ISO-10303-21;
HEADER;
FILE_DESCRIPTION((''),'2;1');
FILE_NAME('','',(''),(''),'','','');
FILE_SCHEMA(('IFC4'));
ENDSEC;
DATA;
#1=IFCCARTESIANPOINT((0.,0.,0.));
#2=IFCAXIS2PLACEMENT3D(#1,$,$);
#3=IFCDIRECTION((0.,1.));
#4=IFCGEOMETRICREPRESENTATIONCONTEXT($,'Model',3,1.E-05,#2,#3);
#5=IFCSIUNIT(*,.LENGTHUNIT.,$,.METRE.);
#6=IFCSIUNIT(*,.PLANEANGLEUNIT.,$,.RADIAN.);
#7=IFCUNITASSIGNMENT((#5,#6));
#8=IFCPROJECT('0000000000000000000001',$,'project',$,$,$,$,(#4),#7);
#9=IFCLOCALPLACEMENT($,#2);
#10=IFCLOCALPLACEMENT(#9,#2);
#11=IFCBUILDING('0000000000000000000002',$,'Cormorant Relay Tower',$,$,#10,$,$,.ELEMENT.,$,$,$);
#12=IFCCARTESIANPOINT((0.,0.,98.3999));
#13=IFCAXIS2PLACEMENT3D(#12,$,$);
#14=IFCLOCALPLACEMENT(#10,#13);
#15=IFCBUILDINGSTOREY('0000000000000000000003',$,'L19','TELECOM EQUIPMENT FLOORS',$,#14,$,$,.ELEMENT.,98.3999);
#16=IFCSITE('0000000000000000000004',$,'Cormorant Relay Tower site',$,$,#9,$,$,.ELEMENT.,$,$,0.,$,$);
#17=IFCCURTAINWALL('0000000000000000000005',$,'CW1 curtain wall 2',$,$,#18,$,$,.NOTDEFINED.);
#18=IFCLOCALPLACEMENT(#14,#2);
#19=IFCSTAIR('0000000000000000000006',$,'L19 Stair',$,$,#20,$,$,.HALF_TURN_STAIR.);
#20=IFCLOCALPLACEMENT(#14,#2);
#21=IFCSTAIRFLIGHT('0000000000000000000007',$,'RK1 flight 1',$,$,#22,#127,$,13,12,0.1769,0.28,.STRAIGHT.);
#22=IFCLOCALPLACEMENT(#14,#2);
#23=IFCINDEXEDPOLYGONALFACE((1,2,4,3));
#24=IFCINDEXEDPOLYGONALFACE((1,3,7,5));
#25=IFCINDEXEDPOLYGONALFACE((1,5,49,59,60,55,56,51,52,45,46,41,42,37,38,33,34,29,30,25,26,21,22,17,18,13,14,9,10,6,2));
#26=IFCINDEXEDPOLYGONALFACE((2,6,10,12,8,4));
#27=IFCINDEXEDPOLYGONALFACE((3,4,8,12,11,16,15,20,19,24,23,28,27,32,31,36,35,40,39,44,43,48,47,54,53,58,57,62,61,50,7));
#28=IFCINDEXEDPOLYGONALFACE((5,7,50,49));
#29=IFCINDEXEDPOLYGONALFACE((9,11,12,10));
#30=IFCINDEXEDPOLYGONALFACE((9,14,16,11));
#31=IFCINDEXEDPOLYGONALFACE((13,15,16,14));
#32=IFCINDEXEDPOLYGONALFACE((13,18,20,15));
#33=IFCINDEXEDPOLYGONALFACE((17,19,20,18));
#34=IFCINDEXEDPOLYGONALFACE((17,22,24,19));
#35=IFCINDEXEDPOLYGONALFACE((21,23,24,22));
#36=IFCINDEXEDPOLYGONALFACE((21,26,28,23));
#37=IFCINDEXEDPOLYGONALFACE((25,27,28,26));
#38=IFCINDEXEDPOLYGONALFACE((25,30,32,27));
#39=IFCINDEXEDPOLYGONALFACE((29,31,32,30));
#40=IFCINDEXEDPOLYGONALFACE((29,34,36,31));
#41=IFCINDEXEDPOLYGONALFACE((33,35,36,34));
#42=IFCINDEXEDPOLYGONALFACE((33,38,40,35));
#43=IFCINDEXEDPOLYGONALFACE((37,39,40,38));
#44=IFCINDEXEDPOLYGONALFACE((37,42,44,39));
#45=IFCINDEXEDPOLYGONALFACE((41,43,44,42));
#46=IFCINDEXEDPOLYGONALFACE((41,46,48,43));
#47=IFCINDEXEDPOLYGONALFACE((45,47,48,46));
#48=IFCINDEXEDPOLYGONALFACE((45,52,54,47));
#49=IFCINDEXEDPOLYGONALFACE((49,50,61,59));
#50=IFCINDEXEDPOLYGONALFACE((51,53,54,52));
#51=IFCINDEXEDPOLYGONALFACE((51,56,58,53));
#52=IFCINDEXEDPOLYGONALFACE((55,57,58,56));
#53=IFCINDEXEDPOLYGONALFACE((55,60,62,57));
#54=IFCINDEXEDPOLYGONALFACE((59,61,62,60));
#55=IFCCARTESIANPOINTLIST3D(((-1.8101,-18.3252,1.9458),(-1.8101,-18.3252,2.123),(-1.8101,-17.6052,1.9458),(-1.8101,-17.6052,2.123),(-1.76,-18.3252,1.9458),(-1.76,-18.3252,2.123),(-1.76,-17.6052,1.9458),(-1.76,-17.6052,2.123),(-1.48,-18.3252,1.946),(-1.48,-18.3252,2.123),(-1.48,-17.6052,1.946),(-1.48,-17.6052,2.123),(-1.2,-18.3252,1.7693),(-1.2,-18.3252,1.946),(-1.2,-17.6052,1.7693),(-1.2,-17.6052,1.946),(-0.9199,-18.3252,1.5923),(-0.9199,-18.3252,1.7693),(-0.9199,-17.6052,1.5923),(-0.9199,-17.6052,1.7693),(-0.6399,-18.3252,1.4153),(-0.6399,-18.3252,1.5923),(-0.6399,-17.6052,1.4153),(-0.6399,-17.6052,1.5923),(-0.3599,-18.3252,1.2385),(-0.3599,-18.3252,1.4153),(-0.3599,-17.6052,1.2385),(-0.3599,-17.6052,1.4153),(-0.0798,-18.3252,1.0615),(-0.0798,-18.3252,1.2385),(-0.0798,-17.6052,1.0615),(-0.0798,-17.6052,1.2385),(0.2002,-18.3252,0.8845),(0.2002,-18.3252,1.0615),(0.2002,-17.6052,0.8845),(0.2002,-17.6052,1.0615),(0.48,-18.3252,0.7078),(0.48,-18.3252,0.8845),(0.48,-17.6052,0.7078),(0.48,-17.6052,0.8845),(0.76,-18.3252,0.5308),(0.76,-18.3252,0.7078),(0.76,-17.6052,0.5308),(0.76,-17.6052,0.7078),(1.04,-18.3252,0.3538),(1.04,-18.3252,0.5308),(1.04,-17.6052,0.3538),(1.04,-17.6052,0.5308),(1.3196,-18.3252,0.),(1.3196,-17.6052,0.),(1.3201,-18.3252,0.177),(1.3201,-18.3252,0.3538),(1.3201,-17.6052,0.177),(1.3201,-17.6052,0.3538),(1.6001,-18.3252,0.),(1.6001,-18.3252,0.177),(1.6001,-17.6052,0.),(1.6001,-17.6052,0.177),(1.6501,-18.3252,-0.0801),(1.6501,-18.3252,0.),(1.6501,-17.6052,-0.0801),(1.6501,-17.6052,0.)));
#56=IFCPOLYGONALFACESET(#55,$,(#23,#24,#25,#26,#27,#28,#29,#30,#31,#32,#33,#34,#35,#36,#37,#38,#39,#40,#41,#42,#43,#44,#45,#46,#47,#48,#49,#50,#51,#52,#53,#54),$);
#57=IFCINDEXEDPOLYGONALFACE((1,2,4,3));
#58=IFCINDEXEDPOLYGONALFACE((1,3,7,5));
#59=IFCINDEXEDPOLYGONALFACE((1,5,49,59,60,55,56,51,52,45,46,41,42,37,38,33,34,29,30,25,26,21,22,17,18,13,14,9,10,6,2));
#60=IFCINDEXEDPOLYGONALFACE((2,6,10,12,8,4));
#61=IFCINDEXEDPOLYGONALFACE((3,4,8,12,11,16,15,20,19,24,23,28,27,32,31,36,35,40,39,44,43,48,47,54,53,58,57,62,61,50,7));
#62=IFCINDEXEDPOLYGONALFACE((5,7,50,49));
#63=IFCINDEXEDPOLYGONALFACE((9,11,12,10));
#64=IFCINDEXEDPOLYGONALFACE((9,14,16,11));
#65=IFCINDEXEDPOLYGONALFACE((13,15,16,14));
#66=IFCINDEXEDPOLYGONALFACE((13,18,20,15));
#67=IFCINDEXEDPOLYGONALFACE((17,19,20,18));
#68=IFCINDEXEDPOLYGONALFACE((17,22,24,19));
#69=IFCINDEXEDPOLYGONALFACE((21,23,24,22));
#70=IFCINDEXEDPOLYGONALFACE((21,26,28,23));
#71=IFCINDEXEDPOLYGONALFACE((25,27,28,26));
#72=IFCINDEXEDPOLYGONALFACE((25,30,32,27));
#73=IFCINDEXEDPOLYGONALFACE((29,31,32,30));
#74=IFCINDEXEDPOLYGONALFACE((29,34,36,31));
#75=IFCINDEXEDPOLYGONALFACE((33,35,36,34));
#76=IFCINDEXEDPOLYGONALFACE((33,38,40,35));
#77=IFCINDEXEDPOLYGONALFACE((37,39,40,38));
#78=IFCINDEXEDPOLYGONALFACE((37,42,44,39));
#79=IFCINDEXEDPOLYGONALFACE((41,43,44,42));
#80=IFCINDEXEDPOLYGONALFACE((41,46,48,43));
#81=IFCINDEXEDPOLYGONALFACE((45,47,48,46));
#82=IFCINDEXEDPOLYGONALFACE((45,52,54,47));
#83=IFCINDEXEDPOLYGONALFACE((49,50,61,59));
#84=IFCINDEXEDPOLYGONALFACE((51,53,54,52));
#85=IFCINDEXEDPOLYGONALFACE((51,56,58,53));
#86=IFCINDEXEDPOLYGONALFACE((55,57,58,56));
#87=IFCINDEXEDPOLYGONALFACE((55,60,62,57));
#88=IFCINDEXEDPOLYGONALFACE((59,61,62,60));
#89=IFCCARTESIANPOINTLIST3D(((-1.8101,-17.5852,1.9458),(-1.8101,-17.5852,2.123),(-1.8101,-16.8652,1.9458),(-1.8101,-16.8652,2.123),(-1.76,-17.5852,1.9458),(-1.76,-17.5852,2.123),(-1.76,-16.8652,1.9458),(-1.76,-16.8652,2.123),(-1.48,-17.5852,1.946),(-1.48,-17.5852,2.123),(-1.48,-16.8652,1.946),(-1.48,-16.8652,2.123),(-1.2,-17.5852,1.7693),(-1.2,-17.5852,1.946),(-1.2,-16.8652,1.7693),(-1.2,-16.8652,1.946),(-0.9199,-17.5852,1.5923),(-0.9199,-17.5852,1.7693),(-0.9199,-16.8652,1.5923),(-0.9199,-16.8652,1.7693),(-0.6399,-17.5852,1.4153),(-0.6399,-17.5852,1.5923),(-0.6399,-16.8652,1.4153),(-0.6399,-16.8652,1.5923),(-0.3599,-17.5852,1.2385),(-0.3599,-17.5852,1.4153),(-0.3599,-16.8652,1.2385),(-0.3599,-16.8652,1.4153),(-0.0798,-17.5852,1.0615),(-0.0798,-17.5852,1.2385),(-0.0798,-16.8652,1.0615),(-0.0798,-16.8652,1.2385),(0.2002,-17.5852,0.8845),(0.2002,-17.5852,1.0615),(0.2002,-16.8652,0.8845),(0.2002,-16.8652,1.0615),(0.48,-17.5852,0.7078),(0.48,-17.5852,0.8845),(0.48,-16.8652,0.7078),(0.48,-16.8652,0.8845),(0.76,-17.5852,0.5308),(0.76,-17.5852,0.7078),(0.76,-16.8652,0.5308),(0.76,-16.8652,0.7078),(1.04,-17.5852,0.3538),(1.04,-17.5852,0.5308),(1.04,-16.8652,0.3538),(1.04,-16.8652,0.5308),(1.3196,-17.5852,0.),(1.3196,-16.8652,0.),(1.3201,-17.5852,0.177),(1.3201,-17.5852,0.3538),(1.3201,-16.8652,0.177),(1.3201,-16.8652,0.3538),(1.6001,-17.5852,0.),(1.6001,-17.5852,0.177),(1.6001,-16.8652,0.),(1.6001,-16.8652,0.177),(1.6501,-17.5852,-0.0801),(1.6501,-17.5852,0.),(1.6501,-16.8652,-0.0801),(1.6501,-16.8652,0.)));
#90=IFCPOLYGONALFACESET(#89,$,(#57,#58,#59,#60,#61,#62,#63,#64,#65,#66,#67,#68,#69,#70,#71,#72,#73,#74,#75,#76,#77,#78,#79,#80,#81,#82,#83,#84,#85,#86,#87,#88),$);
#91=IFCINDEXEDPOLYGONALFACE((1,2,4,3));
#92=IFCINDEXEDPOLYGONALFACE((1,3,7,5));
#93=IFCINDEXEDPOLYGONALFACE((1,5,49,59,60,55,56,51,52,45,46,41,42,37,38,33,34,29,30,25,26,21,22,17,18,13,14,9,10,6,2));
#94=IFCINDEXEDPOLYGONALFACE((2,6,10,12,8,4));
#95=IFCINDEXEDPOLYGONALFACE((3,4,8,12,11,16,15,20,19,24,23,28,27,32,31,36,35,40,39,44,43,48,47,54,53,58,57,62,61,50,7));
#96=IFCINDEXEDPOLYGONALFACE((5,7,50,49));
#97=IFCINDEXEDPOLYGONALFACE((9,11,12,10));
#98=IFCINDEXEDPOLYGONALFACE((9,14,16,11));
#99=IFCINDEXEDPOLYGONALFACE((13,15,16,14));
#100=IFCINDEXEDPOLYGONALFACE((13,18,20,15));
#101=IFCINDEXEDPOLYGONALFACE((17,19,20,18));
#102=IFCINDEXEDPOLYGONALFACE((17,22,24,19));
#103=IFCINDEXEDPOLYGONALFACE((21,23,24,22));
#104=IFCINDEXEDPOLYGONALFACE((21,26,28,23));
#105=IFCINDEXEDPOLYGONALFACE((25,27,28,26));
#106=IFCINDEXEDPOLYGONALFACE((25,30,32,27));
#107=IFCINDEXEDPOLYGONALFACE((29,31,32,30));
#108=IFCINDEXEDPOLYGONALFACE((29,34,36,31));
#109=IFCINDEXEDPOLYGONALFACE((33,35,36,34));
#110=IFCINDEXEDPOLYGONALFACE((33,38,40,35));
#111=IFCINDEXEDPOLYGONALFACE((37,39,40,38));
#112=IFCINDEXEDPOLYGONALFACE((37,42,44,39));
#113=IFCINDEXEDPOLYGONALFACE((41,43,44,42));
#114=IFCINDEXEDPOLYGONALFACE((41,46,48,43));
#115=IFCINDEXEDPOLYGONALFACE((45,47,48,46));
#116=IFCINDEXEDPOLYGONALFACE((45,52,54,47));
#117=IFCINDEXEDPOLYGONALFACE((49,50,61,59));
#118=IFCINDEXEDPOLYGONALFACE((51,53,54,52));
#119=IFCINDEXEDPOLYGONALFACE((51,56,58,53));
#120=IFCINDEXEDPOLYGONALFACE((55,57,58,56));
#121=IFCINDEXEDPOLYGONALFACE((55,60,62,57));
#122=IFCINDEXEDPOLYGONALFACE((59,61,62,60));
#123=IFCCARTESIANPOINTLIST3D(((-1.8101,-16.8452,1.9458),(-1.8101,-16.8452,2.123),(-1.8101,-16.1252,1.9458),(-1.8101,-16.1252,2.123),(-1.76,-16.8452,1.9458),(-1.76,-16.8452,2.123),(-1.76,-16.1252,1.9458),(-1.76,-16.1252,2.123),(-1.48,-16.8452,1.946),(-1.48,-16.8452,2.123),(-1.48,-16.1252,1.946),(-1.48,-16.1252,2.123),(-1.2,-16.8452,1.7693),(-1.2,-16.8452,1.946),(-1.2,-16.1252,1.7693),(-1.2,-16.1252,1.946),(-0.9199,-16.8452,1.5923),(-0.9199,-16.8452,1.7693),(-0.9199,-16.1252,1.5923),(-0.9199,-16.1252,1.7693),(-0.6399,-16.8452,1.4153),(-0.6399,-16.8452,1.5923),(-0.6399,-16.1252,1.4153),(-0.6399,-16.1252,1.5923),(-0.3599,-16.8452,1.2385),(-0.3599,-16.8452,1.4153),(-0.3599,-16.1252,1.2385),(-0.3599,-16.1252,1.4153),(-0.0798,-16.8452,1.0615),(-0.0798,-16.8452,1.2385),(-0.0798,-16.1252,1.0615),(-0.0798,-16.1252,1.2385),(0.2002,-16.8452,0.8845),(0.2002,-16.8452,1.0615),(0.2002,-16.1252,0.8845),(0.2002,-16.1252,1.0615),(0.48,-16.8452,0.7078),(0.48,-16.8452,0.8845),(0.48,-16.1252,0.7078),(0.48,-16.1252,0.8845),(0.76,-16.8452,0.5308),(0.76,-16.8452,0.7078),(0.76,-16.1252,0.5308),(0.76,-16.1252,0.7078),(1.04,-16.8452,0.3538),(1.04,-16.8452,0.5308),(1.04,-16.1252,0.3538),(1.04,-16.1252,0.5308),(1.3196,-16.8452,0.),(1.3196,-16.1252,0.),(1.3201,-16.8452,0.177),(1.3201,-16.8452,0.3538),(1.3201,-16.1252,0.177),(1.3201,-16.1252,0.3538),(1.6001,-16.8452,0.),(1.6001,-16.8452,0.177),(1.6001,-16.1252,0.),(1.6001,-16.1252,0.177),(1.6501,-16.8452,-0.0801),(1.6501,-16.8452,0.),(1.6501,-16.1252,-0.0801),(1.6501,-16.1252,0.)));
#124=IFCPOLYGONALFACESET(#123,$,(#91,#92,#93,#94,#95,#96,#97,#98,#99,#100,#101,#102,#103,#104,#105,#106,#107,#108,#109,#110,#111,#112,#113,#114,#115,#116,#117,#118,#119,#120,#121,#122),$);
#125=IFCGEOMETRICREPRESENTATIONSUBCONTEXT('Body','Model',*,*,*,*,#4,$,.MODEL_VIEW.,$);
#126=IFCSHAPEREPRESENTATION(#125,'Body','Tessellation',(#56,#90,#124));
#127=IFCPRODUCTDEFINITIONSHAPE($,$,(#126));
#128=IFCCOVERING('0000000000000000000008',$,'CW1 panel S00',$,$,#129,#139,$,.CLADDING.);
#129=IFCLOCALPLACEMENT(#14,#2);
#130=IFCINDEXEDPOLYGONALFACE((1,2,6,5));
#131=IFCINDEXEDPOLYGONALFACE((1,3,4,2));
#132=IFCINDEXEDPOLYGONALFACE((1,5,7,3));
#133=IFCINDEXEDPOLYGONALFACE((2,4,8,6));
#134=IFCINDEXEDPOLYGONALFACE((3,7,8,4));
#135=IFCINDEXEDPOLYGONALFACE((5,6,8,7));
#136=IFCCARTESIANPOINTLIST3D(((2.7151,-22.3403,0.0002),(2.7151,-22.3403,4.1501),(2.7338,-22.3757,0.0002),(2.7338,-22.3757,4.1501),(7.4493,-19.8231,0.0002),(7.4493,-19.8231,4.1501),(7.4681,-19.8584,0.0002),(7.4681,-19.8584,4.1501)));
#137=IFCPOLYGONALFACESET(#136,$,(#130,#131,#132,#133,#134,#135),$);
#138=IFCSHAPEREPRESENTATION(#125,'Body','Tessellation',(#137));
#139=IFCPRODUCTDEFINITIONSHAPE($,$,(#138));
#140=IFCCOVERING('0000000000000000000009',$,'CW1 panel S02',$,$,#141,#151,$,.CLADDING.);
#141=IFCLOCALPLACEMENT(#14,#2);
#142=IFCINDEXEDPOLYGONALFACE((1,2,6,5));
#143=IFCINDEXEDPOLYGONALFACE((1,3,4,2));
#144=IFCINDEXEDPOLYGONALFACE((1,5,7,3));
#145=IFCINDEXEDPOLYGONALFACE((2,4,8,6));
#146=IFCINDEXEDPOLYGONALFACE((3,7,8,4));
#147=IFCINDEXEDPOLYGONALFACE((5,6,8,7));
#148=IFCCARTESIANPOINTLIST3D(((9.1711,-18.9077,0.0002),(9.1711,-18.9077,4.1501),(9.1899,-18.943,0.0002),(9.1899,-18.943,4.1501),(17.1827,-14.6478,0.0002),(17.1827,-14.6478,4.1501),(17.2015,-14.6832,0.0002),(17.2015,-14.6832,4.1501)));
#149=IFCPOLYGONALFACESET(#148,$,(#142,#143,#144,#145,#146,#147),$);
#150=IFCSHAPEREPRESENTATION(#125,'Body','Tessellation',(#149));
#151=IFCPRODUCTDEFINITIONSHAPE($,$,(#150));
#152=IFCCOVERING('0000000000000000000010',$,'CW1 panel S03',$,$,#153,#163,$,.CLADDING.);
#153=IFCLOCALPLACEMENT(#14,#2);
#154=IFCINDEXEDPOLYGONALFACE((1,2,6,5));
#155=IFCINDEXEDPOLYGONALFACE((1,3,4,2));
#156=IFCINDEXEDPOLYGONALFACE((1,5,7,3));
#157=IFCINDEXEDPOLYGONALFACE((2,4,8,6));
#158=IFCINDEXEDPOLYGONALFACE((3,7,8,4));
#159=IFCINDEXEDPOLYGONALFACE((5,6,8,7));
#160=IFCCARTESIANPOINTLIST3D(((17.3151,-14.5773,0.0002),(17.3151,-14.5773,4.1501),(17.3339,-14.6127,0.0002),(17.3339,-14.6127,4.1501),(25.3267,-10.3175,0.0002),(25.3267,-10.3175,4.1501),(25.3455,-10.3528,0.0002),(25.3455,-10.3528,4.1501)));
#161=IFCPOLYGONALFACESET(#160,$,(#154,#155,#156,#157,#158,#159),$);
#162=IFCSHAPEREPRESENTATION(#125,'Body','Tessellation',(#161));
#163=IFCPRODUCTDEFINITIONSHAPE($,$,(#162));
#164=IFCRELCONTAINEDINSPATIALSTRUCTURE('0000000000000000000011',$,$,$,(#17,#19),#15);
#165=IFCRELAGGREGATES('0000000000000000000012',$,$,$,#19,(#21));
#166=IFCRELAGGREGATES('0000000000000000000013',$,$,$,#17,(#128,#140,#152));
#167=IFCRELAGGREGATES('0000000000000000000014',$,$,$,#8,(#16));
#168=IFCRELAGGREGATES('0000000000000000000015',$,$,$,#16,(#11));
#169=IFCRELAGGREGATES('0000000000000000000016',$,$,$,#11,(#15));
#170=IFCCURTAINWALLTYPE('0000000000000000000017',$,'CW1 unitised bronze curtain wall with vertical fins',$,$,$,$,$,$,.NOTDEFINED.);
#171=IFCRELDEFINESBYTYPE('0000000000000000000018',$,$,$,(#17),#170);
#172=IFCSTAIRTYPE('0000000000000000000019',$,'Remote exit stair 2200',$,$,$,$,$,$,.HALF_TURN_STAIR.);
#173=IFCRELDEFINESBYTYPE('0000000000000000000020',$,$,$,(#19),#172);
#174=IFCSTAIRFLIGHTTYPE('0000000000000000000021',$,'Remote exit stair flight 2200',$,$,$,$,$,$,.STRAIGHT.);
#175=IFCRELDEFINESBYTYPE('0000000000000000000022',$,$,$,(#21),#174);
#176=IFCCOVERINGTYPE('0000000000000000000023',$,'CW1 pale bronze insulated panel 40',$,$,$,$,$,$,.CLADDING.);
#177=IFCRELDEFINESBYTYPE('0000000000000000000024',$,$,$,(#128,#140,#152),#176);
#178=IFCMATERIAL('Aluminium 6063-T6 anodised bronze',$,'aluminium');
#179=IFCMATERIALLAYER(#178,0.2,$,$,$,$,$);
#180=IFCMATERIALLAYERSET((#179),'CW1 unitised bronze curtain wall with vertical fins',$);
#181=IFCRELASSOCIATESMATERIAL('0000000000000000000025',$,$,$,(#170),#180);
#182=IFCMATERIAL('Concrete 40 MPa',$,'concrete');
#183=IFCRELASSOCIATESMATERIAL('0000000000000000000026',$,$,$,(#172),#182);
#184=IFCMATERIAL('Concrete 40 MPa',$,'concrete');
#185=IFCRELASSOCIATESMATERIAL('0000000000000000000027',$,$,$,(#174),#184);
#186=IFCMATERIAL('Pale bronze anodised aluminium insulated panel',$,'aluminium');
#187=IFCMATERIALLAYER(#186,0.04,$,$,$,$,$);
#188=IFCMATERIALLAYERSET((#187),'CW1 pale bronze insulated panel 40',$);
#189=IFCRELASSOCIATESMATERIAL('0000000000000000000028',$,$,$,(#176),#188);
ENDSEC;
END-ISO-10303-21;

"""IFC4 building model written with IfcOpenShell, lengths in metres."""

from ifc_helpers import new_model, si_unit, direction, frame, origin, origin_2d, place, context, subcontext, project, spatial, polyline, rectangle, outline, extrude, material, layer, layer_set, type_object, element, aggregate, save


model = new_model("IFC4")

# Units and contexts
model_context = context("Model", 3, precision=1e-05, world=origin(), true_north=direction((0.0, 1.0)))
body_context = subcontext(model_context, "Body", "Model", "MODEL_VIEW")
ifc_project = project(units=[si_unit("LENGTHUNIT", "METRE"), si_unit("PLANEANGLEUNIT", "RADIAN")], contexts=[model_context])

# Site, building, storey
site_placement = place(None, origin())
site = spatial("IfcSite", under=ifc_project, at=site_placement, Name="Cormorant Relay Tower site", CompositionType="ELEMENT", RefElevation=0.0)
building_placement = place(site_placement, origin())
building = spatial("IfcBuilding", under=site, at=building_placement, Name="Cormorant Relay Tower", CompositionType="ELEMENT")
storey_placement = place(building_placement, frame((0.0, 0.0, 98.3999)))
storey = spatial("IfcBuildingStorey", under=building, at=storey_placement, Name="L19", Description="TELECOM EQUIPMENT FLOORS", CompositionType="ELEMENT", Elevation=98.3999)

# Curtain wall
ifc_material_1 = material(Name="Aluminium 6063-T6 anodised bronze", Category="aluminium")
ifc_layer_1 = layer(ifc_material_1, 0.2)
ifc_layer_set_1 = layer_set([ifc_layer_1], Name="CW1 unitised bronze curtain wall with vertical fins")
curtain_wall_type = type_object("IfcCurtainWallType", Name="CW1 unitised bronze curtain wall with vertical fins", PredefinedType="NOTDEFINED", material=ifc_layer_set_1)
curtain_wall_1_placement = place(storey_placement, origin())
curtain_wall_1 = element("IfcCurtainWall", 1, at=curtain_wall_1_placement, inside=storey, type_object=curtain_wall_type, Name="CW1 curtain wall 2", PredefinedType="NOTDEFINED")

# Stair, stair flight
ifc_material_2 = material(Name="Concrete 40 MPa", Category="concrete")
stair_type = type_object("IfcStairType", Name="Remote exit stair 2200", PredefinedType="HALF_TURN_STAIR", material=ifc_material_2)
stair_placement = place(storey_placement, origin())
stair = element("IfcStair", 2, at=stair_placement, inside=storey, type_object=stair_type, Name="L19 Stair", PredefinedType="HALF_TURN_STAIR")
ifc_material_3 = material(Name="Concrete 40 MPa", Category="concrete")
stair_flight_type = type_object("IfcStairFlightType", Name="Remote exit stair flight 2200", PredefinedType="STRAIGHT", material=ifc_material_3)
stair_flight_placement = place(storey_placement, frame((1.6001, -17.2251, 0.0), z_axis=(0.0, 0.0, 1.0), x_axis=(-1.0, 0.0, 0.0)))
stair_flight = element("IfcStairFlight", 3, at=stair_flight_placement, type_object=stair_flight_type, Name="RK1 flight 1", NumberOfRisers=13, NumberOfTreads=12, PredefinedType="STRAIGHT", RiserHeight=0.1769, TreadLength=0.28, context=body_context, shape_type="SweptSolid", body=[
    extrude(outline(polyline([(-0.05, -0.0801), (-0.05, 0.0), (0.0, 0.0), (0.0, 0.177), (0.28, 0.177), (0.28, 0.3538), (0.5601, 0.3538), (0.5601, 0.5308), (0.8401, 0.5308), (0.8401, 0.7078), (1.1201, 0.7078), (1.1201, 0.8845), (1.3999, 0.8845), (1.3999, 1.0615), (1.6799, 1.0615), (1.6799, 1.2385), (1.96, 1.2385), (1.96, 1.4153), (2.24, 1.4153), (2.24, 1.5923), (2.52, 1.5923), (2.52, 1.7693), (2.8, 1.7693), (2.8, 1.946), (3.0801, 1.946), (3.0801, 2.123), (3.3601, 2.123), (3.4102, 2.123), (3.4102, 1.9458), (3.3601, 1.9458), (0.2805, 0.0), (-0.05, -0.0801)])), frame((0.0, 1.1001, 0.0), z_axis=(0.0, -1.0, 0.0), x_axis=(1.0, 0.0, 0.0)), (0.0, 0.0, 1.0), 0.72),
    extrude(outline(polyline([(-0.05, -0.0801), (-0.05, 0.0), (0.0, 0.0), (0.0, 0.177), (0.28, 0.177), (0.28, 0.3538), (0.5601, 0.3538), (0.5601, 0.5308), (0.8401, 0.5308), (0.8401, 0.7078), (1.1201, 0.7078), (1.1201, 0.8845), (1.3999, 0.8845), (1.3999, 1.0615), (1.6799, 1.0615), (1.6799, 1.2385), (1.96, 1.2385), (1.96, 1.4153), (2.24, 1.4153), (2.24, 1.5923), (2.52, 1.5923), (2.52, 1.7693), (2.8, 1.7693), (2.8, 1.946), (3.0801, 1.946), (3.0801, 2.123), (3.3601, 2.123), (3.4102, 2.123), (3.4102, 1.9458), (3.3601, 1.9458), (0.2805, 0.0), (-0.05, -0.0801)])), frame((0.0, 0.3601, 0.0), z_axis=(0.0, -1.0, 0.0), x_axis=(1.0, 0.0, 0.0)), (0.0, 0.0, 1.0), 0.72),
    extrude(outline(polyline([(-0.05, -0.0801), (-0.05, 0.0), (0.0, 0.0), (0.0, 0.177), (0.28, 0.177), (0.28, 0.3538), (0.5601, 0.3538), (0.5601, 0.5308), (0.8401, 0.5308), (0.8401, 0.7078), (1.1201, 0.7078), (1.1201, 0.8845), (1.3999, 0.8845), (1.3999, 1.0615), (1.6799, 1.0615), (1.6799, 1.2385), (1.96, 1.2385), (1.96, 1.4153), (2.24, 1.4153), (2.24, 1.5923), (2.52, 1.5923), (2.52, 1.7693), (2.8, 1.7693), (2.8, 1.946), (3.0801, 1.946), (3.0801, 2.123), (3.3601, 2.123), (3.4102, 2.123), (3.4102, 1.9458), (3.3601, 1.9458), (0.2805, 0.0), (-0.05, -0.0801)])), frame((0.0, -0.3799, 0.0), z_axis=(0.0, -1.0, 0.0), x_axis=(1.0, 0.0, 0.0)), (0.0, 0.0, 1.0), 0.72),
])
aggregate(stair, [stair_flight])

# Coverings
ifc_material_4 = material(Name="Pale bronze anodised aluminium insulated panel", Category="aluminium")
ifc_layer_2 = layer(ifc_material_4, 0.04)
ifc_layer_set_2 = layer_set([ifc_layer_2], Name="CW1 pale bronze insulated panel 40")
covering_type = type_object("IfcCoveringType", Name="CW1 pale bronze insulated panel 40", PredefinedType="CLADDING", material=ifc_layer_set_2)
covering_1_placement = place(storey_placement, frame((5.0916, -21.0994, 0.0002), z_axis=(0.0, 0.0, 1.0), x_axis=(0.882948, 0.469472, 0.0)))
covering_1 = element("IfcCovering", 4, at=covering_1_placement, type_object=covering_type, Name="CW1 panel S00", PredefinedType="CLADDING", context=body_context, shape_type="SweptSolid", body=[
    extrude(rectangle(XDim=5.3618, YDim=0.04, at=origin_2d()), origin(), (0.0, 0.0, 1.0), 4.1499),
])
covering_2_placement = place(storey_placement, frame((13.1863, -16.7954, 0.0002), z_axis=(0.0, 0.0, 1.0), x_axis=(0.882948, 0.469472, 0.0)))
covering_2 = element("IfcCovering", 5, at=covering_2_placement, type_object=covering_type, Name="CW1 panel S02", PredefinedType="CLADDING", context=body_context, shape_type="SweptSolid", body=[
    extrude(rectangle(XDim=9.0737, YDim=0.04, at=origin_2d()), origin(), (0.0, 0.0, 1.0), 4.1499),
])
covering_3_placement = place(storey_placement, frame((21.3303, -12.4651, 0.0002), z_axis=(0.0, 0.0, 1.0), x_axis=(0.882948, 0.469472, 0.0)))
covering_3 = element("IfcCovering", 6, at=covering_3_placement, type_object=covering_type, Name="CW1 panel S03", PredefinedType="CLADDING", context=body_context, shape_type="SweptSolid", body=[
    extrude(rectangle(XDim=9.0737, YDim=0.04, at=origin_2d()), origin(), (0.0, 0.0, 1.0), 4.1499),
])
aggregate(curtain_wall_1, [covering_1, covering_2, covering_3])

save(model, "model.ifc")
